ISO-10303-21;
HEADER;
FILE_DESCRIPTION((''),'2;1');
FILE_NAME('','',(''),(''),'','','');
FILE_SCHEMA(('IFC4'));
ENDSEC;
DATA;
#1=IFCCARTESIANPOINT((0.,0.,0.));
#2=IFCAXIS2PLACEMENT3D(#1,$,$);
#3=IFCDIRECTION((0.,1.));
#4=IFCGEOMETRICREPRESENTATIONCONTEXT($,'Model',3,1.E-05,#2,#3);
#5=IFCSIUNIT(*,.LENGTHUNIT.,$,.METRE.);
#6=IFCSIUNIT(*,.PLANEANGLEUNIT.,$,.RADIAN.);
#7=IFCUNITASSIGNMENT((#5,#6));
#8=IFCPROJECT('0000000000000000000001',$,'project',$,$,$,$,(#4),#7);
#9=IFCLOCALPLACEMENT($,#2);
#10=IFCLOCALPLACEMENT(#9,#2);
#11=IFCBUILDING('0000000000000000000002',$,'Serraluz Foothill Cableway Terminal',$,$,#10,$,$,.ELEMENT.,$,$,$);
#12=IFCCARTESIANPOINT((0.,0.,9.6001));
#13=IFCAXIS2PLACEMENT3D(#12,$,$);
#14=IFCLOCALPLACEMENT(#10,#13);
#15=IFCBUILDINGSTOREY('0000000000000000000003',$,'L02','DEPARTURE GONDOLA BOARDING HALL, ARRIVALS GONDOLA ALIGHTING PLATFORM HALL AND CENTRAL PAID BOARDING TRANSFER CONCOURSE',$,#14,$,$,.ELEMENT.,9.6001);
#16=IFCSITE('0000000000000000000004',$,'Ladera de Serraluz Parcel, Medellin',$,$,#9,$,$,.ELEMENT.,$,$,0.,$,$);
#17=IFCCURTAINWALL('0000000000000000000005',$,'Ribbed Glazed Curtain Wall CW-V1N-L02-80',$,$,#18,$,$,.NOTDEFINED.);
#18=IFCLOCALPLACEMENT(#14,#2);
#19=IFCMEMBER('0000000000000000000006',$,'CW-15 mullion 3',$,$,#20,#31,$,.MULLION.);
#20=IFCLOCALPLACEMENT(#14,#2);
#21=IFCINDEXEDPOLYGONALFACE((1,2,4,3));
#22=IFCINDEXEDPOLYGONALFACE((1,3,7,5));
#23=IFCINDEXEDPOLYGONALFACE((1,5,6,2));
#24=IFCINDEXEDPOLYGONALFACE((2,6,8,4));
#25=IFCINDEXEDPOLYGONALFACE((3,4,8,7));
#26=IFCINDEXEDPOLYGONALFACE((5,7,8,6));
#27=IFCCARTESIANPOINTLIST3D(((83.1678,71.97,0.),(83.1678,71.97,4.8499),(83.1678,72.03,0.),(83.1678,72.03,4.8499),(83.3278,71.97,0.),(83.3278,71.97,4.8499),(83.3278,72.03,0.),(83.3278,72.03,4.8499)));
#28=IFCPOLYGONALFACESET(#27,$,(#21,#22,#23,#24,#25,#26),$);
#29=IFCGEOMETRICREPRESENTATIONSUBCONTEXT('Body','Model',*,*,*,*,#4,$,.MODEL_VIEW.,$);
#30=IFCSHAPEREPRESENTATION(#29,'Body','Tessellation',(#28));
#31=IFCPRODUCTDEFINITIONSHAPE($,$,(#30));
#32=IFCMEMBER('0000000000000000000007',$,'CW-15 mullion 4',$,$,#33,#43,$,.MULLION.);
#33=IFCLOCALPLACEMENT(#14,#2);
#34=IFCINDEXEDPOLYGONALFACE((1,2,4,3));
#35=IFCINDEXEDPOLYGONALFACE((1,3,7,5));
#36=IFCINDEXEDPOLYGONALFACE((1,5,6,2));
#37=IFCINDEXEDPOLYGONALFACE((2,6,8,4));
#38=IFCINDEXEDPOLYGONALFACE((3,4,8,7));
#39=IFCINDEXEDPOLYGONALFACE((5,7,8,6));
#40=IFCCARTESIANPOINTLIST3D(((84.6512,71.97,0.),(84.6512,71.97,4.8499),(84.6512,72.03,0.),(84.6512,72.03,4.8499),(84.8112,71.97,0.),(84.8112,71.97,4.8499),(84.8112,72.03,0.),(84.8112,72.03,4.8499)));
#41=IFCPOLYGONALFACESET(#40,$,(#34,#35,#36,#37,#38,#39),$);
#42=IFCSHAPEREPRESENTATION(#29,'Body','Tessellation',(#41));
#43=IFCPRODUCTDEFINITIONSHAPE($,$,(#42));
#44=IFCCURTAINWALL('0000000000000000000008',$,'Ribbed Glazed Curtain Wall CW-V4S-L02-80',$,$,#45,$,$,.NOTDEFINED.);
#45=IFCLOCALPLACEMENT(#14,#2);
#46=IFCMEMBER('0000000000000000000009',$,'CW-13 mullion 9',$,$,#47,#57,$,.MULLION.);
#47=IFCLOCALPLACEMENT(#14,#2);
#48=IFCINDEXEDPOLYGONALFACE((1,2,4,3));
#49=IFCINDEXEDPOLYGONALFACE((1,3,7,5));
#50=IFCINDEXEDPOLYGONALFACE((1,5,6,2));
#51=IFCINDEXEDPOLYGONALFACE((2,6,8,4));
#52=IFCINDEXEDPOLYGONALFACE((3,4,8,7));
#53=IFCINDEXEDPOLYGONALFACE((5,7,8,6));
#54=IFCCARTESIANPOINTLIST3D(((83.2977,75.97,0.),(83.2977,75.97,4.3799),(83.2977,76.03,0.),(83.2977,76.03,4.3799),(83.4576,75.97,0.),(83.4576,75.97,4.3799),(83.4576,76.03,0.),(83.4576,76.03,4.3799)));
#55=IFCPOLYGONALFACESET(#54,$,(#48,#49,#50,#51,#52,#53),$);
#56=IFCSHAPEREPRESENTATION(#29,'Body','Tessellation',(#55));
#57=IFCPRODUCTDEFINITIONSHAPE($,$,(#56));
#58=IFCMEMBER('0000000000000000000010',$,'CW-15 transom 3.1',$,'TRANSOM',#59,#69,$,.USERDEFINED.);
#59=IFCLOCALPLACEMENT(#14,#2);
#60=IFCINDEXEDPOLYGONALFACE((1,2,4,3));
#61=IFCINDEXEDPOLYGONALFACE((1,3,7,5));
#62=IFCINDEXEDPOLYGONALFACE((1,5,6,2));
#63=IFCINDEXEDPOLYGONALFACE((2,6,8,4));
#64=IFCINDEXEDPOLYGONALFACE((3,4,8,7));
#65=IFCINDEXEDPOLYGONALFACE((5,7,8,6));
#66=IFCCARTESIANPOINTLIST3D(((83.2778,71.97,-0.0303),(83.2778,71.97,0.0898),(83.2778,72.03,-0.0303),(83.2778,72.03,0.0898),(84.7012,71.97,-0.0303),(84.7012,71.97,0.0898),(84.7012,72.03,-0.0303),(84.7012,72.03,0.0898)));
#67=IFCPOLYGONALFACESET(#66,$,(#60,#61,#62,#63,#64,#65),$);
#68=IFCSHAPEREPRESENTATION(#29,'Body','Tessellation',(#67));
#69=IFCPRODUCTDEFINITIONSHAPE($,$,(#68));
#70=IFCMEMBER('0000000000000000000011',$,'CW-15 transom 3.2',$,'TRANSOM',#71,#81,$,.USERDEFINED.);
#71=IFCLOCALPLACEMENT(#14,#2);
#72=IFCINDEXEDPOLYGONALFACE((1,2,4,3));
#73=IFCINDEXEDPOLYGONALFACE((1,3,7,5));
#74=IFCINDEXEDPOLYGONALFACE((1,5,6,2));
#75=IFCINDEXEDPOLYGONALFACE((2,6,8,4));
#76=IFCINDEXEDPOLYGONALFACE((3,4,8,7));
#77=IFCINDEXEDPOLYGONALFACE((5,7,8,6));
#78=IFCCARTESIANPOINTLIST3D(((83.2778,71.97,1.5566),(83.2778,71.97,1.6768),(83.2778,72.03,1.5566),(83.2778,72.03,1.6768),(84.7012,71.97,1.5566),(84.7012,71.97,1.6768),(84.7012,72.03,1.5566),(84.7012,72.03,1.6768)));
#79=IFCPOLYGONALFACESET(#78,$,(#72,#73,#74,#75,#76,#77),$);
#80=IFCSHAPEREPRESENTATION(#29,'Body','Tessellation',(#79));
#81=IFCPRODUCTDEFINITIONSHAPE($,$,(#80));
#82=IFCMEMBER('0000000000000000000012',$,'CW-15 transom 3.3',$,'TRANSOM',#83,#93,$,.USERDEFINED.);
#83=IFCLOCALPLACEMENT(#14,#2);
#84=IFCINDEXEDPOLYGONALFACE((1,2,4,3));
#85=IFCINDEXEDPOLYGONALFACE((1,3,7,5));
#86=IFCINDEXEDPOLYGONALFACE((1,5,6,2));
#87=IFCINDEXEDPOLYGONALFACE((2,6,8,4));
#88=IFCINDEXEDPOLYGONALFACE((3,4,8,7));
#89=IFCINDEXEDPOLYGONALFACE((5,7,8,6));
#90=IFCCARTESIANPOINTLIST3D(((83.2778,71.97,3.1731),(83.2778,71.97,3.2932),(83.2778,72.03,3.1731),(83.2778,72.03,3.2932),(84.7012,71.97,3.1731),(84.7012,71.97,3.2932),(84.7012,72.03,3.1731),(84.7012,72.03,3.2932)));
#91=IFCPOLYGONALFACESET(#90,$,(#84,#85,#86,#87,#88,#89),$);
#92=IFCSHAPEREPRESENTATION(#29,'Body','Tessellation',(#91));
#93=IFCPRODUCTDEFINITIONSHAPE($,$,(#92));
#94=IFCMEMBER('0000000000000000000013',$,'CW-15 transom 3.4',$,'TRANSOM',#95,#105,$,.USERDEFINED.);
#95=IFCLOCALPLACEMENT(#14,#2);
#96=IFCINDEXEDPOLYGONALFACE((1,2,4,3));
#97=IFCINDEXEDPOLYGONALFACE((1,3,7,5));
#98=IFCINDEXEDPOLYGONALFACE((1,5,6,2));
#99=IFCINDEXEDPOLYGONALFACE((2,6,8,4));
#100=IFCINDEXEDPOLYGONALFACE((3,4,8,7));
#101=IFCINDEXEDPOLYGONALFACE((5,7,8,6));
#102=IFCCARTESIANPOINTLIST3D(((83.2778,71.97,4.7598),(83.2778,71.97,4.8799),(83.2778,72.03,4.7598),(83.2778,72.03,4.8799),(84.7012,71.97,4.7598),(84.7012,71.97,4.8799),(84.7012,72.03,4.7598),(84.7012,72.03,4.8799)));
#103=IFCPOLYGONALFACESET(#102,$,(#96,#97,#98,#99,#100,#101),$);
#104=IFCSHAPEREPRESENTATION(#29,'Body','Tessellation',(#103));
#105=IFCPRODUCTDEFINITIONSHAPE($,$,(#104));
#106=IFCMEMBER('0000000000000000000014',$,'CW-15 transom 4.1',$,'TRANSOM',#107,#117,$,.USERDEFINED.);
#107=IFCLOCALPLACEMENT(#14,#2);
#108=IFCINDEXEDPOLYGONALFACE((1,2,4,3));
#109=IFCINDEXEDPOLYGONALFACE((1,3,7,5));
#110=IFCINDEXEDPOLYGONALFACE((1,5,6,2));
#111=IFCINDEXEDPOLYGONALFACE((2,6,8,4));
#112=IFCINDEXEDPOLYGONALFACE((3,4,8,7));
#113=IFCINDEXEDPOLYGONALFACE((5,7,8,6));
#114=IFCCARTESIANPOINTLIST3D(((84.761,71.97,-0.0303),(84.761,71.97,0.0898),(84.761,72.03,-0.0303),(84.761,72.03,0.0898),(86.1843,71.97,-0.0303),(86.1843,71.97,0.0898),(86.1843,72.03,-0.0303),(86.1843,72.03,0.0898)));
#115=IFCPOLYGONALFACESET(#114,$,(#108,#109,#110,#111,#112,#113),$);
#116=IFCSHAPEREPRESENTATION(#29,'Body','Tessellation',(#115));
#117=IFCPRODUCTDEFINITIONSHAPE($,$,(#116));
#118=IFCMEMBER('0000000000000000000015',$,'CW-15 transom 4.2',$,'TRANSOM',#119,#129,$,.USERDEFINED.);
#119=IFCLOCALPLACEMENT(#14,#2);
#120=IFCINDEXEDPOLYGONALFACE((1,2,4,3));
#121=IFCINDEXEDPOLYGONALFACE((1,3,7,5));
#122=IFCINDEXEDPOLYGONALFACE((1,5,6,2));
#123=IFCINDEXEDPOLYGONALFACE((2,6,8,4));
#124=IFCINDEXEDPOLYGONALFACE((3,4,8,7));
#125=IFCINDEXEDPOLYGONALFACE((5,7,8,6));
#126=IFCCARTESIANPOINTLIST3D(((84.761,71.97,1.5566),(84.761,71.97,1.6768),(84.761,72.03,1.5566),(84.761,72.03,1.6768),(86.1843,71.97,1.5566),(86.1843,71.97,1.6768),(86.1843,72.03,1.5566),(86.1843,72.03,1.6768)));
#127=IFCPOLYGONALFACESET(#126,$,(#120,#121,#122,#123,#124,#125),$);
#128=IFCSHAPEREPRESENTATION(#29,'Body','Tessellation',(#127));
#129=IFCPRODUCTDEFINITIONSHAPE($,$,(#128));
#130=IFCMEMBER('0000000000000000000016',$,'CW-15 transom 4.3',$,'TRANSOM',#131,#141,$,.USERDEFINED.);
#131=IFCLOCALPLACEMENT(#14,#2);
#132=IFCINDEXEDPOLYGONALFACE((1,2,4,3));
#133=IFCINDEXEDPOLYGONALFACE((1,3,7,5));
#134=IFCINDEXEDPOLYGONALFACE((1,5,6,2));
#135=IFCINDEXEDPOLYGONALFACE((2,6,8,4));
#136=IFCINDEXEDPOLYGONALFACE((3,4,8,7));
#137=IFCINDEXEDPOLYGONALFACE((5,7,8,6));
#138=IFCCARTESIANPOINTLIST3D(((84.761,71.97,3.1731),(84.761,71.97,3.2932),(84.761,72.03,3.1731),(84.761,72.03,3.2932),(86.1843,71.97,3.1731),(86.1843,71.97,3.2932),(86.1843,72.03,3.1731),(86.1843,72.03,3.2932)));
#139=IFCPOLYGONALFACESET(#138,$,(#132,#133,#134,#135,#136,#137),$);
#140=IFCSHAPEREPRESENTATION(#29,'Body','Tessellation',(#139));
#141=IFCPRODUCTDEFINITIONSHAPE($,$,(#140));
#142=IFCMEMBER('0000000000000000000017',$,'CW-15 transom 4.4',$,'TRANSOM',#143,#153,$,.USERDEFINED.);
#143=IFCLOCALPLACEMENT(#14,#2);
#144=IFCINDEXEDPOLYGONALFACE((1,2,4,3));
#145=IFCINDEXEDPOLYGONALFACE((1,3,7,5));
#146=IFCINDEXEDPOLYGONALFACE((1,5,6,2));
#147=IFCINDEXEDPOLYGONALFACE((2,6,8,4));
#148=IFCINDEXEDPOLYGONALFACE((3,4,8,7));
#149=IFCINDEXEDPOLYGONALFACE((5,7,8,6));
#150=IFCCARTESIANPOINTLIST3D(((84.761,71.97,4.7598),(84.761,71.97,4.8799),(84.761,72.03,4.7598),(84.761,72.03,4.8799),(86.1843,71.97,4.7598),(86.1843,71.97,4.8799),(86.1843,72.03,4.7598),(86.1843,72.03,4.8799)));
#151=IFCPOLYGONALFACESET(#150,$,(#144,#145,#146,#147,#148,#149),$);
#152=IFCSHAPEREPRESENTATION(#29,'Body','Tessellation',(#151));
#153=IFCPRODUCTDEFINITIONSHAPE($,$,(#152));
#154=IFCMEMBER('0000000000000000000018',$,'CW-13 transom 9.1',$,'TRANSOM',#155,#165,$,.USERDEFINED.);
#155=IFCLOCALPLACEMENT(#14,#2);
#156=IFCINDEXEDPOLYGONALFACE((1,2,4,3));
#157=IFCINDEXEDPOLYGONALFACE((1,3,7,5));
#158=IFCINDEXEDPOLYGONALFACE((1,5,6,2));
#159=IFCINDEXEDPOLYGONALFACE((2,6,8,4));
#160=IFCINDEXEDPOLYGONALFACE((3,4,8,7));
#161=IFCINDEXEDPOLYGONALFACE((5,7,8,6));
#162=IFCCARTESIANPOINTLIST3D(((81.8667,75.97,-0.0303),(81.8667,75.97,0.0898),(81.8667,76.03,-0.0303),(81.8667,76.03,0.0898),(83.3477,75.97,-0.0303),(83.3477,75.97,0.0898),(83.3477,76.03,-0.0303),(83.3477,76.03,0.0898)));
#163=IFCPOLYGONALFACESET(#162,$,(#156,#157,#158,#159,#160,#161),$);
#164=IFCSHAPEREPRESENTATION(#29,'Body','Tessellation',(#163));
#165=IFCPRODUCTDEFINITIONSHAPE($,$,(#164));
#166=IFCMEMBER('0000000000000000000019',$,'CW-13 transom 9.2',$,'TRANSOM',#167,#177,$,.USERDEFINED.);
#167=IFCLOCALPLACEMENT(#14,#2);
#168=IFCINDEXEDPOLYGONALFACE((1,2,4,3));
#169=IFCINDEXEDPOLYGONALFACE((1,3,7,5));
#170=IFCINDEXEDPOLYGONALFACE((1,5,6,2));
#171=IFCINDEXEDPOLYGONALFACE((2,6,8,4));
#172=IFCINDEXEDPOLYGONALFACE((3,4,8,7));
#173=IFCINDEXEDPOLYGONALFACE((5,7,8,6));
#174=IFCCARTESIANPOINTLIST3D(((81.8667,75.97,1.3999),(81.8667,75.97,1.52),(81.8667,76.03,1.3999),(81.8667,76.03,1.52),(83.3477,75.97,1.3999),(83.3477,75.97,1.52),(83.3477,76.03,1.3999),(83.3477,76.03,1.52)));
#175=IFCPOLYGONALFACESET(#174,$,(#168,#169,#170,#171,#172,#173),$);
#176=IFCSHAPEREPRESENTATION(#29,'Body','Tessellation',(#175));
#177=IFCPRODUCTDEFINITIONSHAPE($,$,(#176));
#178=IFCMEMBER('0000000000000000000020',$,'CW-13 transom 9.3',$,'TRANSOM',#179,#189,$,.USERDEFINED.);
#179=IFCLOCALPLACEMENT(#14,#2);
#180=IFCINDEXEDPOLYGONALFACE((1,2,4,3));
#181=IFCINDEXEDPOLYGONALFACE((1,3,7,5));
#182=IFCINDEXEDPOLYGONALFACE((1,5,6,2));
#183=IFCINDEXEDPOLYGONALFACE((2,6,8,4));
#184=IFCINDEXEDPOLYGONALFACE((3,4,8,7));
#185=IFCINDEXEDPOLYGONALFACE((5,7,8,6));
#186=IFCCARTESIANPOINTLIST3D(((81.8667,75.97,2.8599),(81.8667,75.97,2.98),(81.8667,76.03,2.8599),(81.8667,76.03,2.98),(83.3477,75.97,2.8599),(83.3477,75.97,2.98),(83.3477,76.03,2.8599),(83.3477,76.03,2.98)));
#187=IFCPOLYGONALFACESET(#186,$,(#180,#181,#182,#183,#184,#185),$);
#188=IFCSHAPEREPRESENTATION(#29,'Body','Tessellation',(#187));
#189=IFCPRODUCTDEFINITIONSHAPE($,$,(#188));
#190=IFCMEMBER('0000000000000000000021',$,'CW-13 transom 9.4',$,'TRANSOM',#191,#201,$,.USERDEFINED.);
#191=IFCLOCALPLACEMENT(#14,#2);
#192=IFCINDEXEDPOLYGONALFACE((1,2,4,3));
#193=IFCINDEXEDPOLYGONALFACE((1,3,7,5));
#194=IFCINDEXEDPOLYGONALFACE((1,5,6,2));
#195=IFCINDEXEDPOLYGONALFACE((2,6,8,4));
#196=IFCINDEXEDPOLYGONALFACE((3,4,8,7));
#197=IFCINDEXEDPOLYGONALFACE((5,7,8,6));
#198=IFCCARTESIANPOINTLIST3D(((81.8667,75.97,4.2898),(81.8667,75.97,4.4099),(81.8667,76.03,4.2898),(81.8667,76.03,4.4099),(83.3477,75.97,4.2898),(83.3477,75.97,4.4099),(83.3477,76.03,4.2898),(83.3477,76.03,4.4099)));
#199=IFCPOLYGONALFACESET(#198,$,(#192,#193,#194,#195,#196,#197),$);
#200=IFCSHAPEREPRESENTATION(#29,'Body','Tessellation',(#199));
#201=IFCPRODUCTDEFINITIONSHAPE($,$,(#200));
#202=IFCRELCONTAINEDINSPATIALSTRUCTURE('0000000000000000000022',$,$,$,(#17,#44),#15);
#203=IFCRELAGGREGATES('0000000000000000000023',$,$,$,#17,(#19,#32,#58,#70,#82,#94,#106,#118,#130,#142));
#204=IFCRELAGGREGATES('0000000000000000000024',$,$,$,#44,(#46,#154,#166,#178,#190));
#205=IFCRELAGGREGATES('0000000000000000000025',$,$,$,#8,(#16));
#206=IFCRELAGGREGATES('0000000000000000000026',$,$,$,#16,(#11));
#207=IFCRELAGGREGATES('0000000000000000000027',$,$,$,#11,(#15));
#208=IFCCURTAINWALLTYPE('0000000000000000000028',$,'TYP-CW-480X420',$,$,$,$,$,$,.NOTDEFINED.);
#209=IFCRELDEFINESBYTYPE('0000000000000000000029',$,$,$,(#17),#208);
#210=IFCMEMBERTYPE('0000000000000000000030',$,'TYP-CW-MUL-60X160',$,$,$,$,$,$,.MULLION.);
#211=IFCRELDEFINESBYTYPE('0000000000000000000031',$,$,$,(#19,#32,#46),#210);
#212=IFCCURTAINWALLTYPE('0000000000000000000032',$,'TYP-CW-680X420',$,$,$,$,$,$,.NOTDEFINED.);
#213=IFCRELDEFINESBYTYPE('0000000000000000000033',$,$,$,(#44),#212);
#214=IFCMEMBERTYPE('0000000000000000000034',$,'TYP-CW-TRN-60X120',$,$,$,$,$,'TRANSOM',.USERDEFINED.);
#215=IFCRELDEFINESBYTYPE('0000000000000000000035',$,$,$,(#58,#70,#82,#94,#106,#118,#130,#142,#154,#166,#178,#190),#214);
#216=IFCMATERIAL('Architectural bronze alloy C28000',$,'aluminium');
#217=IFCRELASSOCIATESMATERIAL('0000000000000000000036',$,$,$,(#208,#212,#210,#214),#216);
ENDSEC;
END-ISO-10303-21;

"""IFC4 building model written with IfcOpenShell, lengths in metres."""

from ifc_helpers import new_model, si_unit, direction, frame, origin, origin_2d, place, context, subcontext, project, spatial, rectangle, extrude, material, material_profile, profile_set, type_object, element, aggregate, save


model = new_model("IFC4")

# Units and contexts
model_context = context("Model", 3, precision=1e-05, world=origin(), true_north=direction((0.0, 1.0)))
body_context = subcontext(model_context, "Body", "Model", "MODEL_VIEW")
ifc_project = project(units=[si_unit("LENGTHUNIT", "METRE"), si_unit("PLANEANGLEUNIT", "RADIAN")], contexts=[model_context])

# Site, building, storey
site_placement = place(None, origin())
site = spatial("IfcSite", under=ifc_project, at=site_placement, Name="Ladera de Serraluz Parcel, Medellin", CompositionType="ELEMENT", RefElevation=0.0)
building_placement = place(site_placement, origin())
building = spatial("IfcBuilding", under=site, at=building_placement, Name="Serraluz Foothill Cableway Terminal", CompositionType="ELEMENT")
storey_placement = place(building_placement, frame((0.0, 0.0, 9.6001)))
storey = spatial("IfcBuildingStorey", under=building, at=storey_placement, Name="L02", Description="DEPARTURE GONDOLA BOARDING HALL, ARRIVALS GONDOLA ALIGHTING PLATFORM HALL AND CENTRAL PAID BOARDING TRANSFER CONCOURSE", CompositionType="ELEMENT", Elevation=9.6001)

# Curtain wall, members
ifc_material_1 = material(Name="Architectural bronze alloy C28000", Category="aluminium")
curtain_wall_type_1 = type_object("IfcCurtainWallType", Name="TYP-CW-480X420", PredefinedType="NOTDEFINED", material=ifc_material_1)
curtain_wall_1_placement = place(storey_placement, origin())
curtain_wall_1 = element("IfcCurtainWall", 1, at=curtain_wall_1_placement, inside=storey, type_object=curtain_wall_type_1, Name="Ribbed Glazed Curtain Wall CW-V1N-L02-80", PredefinedType="NOTDEFINED")
ifc_material_profile_1 = material_profile(ifc_material_1, rectangle(XDim=0.0601, YDim=0.1599, at=origin_2d()), Name="ALU MULLION 60x160")
ifc_profile_set_1 = profile_set([ifc_material_profile_1], Name="Architectural bronze alloy C28000")
member_type_1 = type_object("IfcMemberType", Name="TYP-CW-MUL-60X160", PredefinedType="MULLION", material=ifc_profile_set_1)
member_1_placement = place(storey_placement, frame((83.2478, 72.0, 0.0), z_axis=(0.0, 0.0, 1.0), x_axis=(0.0, 1.0, 0.0)))
member_1 = element("IfcMember", 2, at=member_1_placement, type_object=member_type_1, Name="CW-15 mullion 3", PredefinedType="MULLION", context=body_context, shape_type="SweptSolid", body=[
    extrude(rectangle(XDim=0.0601, YDim=0.1599, at=origin_2d()), origin(), (0.0, 0.0, 1.0), 4.8499),
])
member_2_placement = place(storey_placement, frame((84.7312, 72.0, 0.0), z_axis=(0.0, 0.0, 1.0), x_axis=(0.0, 1.0, 0.0)))
member_2 = element("IfcMember", 3, at=member_2_placement, type_object=member_type_1, Name="CW-15 mullion 4", PredefinedType="MULLION", context=body_context, shape_type="SweptSolid", body=[
    extrude(rectangle(XDim=0.0601, YDim=0.1599, at=origin_2d()), origin(), (0.0, 0.0, 1.0), 4.8499),
])

# Curtain wall, member
curtain_wall_type_2 = type_object("IfcCurtainWallType", Name="TYP-CW-680X420", PredefinedType="NOTDEFINED", material=ifc_material_1)
curtain_wall_2_placement = place(storey_placement, origin())
curtain_wall_2 = element("IfcCurtainWall", 4, at=curtain_wall_2_placement, inside=storey, type_object=curtain_wall_type_2, Name="Ribbed Glazed Curtain Wall CW-V4S-L02-80", PredefinedType="NOTDEFINED")
member_3_placement = place(storey_placement, frame((83.3777, 76.0, 0.0), z_axis=(0.0, 0.0, 1.0), x_axis=(0.0, -1.0, 0.0)))
member_3 = element("IfcMember", 5, at=member_3_placement, type_object=member_type_1, Name="CW-13 mullion 9", PredefinedType="MULLION", context=body_context, shape_type="SweptSolid", body=[
    extrude(rectangle(XDim=0.0601, YDim=0.1599, at=origin_2d()), origin(), (0.0, 0.0, 1.0), 4.3799),
])

# Members
ifc_material_profile_2 = material_profile(ifc_material_1, rectangle(XDim=0.0601, YDim=0.1201, at=origin_2d()), Name="ALU TRANSOM 60x120")
ifc_profile_set_2 = profile_set([ifc_material_profile_2], Name="Architectural bronze alloy C28000")
member_type_2 = type_object("IfcMemberType", Name="TYP-CW-TRN-60X120", ElementType="TRANSOM", PredefinedType="USERDEFINED", material=ifc_profile_set_2)
member_4_placement = place(storey_placement, frame((83.2778, 72.0, 0.0298), z_axis=(1.0, 0.0, 0.0), x_axis=(0.0, 1.0, 0.0)))
member_4 = element("IfcMember", 6, at=member_4_placement, type_object=member_type_2, Name="CW-15 transom 3.1", ObjectType="TRANSOM", PredefinedType="USERDEFINED", context=body_context, shape_type="SweptSolid", body=[
    extrude(rectangle(XDim=0.0601, YDim=0.1201, at=origin_2d()), origin(), (0.0, 0.0, 1.0), 1.4233),
])
member_5_placement = place(storey_placement, frame((83.2778, 72.0, 1.6167), z_axis=(1.0, 0.0, 0.0), x_axis=(0.0, 1.0, 0.0)))
member_5 = element("IfcMember", 7, at=member_5_placement, type_object=member_type_2, Name="CW-15 transom 3.2", ObjectType="TRANSOM", PredefinedType="USERDEFINED", context=body_context, shape_type="SweptSolid", body=[
    extrude(rectangle(XDim=0.0601, YDim=0.1201, at=origin_2d()), origin(), (0.0, 0.0, 1.0), 1.4233),
])
member_6_placement = place(storey_placement, frame((83.2778, 72.0, 3.2332), z_axis=(1.0, 0.0, 0.0), x_axis=(0.0, 1.0, 0.0)))
member_6 = element("IfcMember", 8, at=member_6_placement, type_object=member_type_2, Name="CW-15 transom 3.3", ObjectType="TRANSOM", PredefinedType="USERDEFINED", context=body_context, shape_type="SweptSolid", body=[
    extrude(rectangle(XDim=0.0601, YDim=0.1201, at=origin_2d()), origin(), (0.0, 0.0, 1.0), 1.4233),
])
member_7_placement = place(storey_placement, frame((83.2778, 72.0, 4.8198), z_axis=(1.0, 0.0, 0.0), x_axis=(0.0, 1.0, 0.0)))
member_7 = element("IfcMember", 9, at=member_7_placement, type_object=member_type_2, Name="CW-15 transom 3.4", ObjectType="TRANSOM", PredefinedType="USERDEFINED", context=body_context, shape_type="SweptSolid", body=[
    extrude(rectangle(XDim=0.0601, YDim=0.1201, at=origin_2d()), origin(), (0.0, 0.0, 1.0), 1.4233),
])
member_8_placement = place(storey_placement, frame((84.761, 72.0, 0.0298), z_axis=(1.0, 0.0, 0.0), x_axis=(0.0, 1.0, 0.0)))
member_8 = element("IfcMember", 10, at=member_8_placement, type_object=member_type_2, Name="CW-15 transom 4.1", ObjectType="TRANSOM", PredefinedType="USERDEFINED", context=body_context, shape_type="SweptSolid", body=[
    extrude(rectangle(XDim=0.0601, YDim=0.1201, at=origin_2d()), origin(), (0.0, 0.0, 1.0), 1.4233),
])
member_9_placement = place(storey_placement, frame((84.761, 72.0, 1.6167), z_axis=(1.0, 0.0, 0.0), x_axis=(0.0, 1.0, 0.0)))
member_9 = element("IfcMember", 11, at=member_9_placement, type_object=member_type_2, Name="CW-15 transom 4.2", ObjectType="TRANSOM", PredefinedType="USERDEFINED", context=body_context, shape_type="SweptSolid", body=[
    extrude(rectangle(XDim=0.0601, YDim=0.1201, at=origin_2d()), origin(), (0.0, 0.0, 1.0), 1.4233),
])
member_10_placement = place(storey_placement, frame((84.761, 72.0, 3.2332), z_axis=(1.0, 0.0, 0.0), x_axis=(0.0, 1.0, 0.0)))
member_10 = element("IfcMember", 12, at=member_10_placement, type_object=member_type_2, Name="CW-15 transom 4.3", ObjectType="TRANSOM", PredefinedType="USERDEFINED", context=body_context, shape_type="SweptSolid", body=[
    extrude(rectangle(XDim=0.0601, YDim=0.1201, at=origin_2d()), origin(), (0.0, 0.0, 1.0), 1.4233),
])
member_11_placement = place(storey_placement, frame((84.761, 72.0, 4.8198), z_axis=(1.0, 0.0, 0.0), x_axis=(0.0, 1.0, 0.0)))
member_11 = element("IfcMember", 13, at=member_11_placement, type_object=member_type_2, Name="CW-15 transom 4.4", ObjectType="TRANSOM", PredefinedType="USERDEFINED", context=body_context, shape_type="SweptSolid", body=[
    extrude(rectangle(XDim=0.0601, YDim=0.1201, at=origin_2d()), origin(), (0.0, 0.0, 1.0), 1.4233),
])
member_12_placement = place(storey_placement, frame((83.3477, 76.0, 0.0298), z_axis=(-1.0, 0.0, 0.0), x_axis=(0.0, -1.0, 0.0)))
member_12 = element("IfcMember", 14, at=member_12_placement, type_object=member_type_2, Name="CW-13 transom 9.1", ObjectType="TRANSOM", PredefinedType="USERDEFINED", context=body_context, shape_type="SweptSolid", body=[
    extrude(rectangle(XDim=0.0601, YDim=0.1201, at=origin_2d()), origin(), (0.0, 0.0, 1.0), 1.481),
])
member_13_placement = place(storey_placement, frame((83.3477, 76.0, 1.46), z_axis=(-1.0, 0.0, 0.0), x_axis=(0.0, -1.0, 0.0)))
member_13 = element("IfcMember", 15, at=member_13_placement, type_object=member_type_2, Name="CW-13 transom 9.2", ObjectType="TRANSOM", PredefinedType="USERDEFINED", context=body_context, shape_type="SweptSolid", body=[
    extrude(rectangle(XDim=0.0601, YDim=0.1201, at=origin_2d()), origin(), (0.0, 0.0, 1.0), 1.481),
])
member_14_placement = place(storey_placement, frame((83.3477, 76.0, 2.9199), z_axis=(-1.0, 0.0, 0.0), x_axis=(0.0, -1.0, 0.0)))
member_14 = element("IfcMember", 16, at=member_14_placement, type_object=member_type_2, Name="CW-13 transom 9.3", ObjectType="TRANSOM", PredefinedType="USERDEFINED", context=body_context, shape_type="SweptSolid", body=[
    extrude(rectangle(XDim=0.0601, YDim=0.1201, at=origin_2d()), origin(), (0.0, 0.0, 1.0), 1.481),
])
member_15_placement = place(storey_placement, frame((83.3477, 76.0, 4.3499), z_axis=(-1.0, 0.0, 0.0), x_axis=(0.0, -1.0, 0.0)))
member_15 = element("IfcMember", 17, at=member_15_placement, type_object=member_type_2, Name="CW-13 transom 9.4", ObjectType="TRANSOM", PredefinedType="USERDEFINED", context=body_context, shape_type="SweptSolid", body=[
    extrude(rectangle(XDim=0.0601, YDim=0.1201, at=origin_2d()), origin(), (0.0, 0.0, 1.0), 1.481),
])

aggregate(curtain_wall_1, [member_1, member_2, member_4, member_5, member_6, member_7, member_8, member_9, member_10, member_11])
aggregate(curtain_wall_2, [member_3, member_12, member_13, member_14, member_15])

save(model, "model.ifc")
